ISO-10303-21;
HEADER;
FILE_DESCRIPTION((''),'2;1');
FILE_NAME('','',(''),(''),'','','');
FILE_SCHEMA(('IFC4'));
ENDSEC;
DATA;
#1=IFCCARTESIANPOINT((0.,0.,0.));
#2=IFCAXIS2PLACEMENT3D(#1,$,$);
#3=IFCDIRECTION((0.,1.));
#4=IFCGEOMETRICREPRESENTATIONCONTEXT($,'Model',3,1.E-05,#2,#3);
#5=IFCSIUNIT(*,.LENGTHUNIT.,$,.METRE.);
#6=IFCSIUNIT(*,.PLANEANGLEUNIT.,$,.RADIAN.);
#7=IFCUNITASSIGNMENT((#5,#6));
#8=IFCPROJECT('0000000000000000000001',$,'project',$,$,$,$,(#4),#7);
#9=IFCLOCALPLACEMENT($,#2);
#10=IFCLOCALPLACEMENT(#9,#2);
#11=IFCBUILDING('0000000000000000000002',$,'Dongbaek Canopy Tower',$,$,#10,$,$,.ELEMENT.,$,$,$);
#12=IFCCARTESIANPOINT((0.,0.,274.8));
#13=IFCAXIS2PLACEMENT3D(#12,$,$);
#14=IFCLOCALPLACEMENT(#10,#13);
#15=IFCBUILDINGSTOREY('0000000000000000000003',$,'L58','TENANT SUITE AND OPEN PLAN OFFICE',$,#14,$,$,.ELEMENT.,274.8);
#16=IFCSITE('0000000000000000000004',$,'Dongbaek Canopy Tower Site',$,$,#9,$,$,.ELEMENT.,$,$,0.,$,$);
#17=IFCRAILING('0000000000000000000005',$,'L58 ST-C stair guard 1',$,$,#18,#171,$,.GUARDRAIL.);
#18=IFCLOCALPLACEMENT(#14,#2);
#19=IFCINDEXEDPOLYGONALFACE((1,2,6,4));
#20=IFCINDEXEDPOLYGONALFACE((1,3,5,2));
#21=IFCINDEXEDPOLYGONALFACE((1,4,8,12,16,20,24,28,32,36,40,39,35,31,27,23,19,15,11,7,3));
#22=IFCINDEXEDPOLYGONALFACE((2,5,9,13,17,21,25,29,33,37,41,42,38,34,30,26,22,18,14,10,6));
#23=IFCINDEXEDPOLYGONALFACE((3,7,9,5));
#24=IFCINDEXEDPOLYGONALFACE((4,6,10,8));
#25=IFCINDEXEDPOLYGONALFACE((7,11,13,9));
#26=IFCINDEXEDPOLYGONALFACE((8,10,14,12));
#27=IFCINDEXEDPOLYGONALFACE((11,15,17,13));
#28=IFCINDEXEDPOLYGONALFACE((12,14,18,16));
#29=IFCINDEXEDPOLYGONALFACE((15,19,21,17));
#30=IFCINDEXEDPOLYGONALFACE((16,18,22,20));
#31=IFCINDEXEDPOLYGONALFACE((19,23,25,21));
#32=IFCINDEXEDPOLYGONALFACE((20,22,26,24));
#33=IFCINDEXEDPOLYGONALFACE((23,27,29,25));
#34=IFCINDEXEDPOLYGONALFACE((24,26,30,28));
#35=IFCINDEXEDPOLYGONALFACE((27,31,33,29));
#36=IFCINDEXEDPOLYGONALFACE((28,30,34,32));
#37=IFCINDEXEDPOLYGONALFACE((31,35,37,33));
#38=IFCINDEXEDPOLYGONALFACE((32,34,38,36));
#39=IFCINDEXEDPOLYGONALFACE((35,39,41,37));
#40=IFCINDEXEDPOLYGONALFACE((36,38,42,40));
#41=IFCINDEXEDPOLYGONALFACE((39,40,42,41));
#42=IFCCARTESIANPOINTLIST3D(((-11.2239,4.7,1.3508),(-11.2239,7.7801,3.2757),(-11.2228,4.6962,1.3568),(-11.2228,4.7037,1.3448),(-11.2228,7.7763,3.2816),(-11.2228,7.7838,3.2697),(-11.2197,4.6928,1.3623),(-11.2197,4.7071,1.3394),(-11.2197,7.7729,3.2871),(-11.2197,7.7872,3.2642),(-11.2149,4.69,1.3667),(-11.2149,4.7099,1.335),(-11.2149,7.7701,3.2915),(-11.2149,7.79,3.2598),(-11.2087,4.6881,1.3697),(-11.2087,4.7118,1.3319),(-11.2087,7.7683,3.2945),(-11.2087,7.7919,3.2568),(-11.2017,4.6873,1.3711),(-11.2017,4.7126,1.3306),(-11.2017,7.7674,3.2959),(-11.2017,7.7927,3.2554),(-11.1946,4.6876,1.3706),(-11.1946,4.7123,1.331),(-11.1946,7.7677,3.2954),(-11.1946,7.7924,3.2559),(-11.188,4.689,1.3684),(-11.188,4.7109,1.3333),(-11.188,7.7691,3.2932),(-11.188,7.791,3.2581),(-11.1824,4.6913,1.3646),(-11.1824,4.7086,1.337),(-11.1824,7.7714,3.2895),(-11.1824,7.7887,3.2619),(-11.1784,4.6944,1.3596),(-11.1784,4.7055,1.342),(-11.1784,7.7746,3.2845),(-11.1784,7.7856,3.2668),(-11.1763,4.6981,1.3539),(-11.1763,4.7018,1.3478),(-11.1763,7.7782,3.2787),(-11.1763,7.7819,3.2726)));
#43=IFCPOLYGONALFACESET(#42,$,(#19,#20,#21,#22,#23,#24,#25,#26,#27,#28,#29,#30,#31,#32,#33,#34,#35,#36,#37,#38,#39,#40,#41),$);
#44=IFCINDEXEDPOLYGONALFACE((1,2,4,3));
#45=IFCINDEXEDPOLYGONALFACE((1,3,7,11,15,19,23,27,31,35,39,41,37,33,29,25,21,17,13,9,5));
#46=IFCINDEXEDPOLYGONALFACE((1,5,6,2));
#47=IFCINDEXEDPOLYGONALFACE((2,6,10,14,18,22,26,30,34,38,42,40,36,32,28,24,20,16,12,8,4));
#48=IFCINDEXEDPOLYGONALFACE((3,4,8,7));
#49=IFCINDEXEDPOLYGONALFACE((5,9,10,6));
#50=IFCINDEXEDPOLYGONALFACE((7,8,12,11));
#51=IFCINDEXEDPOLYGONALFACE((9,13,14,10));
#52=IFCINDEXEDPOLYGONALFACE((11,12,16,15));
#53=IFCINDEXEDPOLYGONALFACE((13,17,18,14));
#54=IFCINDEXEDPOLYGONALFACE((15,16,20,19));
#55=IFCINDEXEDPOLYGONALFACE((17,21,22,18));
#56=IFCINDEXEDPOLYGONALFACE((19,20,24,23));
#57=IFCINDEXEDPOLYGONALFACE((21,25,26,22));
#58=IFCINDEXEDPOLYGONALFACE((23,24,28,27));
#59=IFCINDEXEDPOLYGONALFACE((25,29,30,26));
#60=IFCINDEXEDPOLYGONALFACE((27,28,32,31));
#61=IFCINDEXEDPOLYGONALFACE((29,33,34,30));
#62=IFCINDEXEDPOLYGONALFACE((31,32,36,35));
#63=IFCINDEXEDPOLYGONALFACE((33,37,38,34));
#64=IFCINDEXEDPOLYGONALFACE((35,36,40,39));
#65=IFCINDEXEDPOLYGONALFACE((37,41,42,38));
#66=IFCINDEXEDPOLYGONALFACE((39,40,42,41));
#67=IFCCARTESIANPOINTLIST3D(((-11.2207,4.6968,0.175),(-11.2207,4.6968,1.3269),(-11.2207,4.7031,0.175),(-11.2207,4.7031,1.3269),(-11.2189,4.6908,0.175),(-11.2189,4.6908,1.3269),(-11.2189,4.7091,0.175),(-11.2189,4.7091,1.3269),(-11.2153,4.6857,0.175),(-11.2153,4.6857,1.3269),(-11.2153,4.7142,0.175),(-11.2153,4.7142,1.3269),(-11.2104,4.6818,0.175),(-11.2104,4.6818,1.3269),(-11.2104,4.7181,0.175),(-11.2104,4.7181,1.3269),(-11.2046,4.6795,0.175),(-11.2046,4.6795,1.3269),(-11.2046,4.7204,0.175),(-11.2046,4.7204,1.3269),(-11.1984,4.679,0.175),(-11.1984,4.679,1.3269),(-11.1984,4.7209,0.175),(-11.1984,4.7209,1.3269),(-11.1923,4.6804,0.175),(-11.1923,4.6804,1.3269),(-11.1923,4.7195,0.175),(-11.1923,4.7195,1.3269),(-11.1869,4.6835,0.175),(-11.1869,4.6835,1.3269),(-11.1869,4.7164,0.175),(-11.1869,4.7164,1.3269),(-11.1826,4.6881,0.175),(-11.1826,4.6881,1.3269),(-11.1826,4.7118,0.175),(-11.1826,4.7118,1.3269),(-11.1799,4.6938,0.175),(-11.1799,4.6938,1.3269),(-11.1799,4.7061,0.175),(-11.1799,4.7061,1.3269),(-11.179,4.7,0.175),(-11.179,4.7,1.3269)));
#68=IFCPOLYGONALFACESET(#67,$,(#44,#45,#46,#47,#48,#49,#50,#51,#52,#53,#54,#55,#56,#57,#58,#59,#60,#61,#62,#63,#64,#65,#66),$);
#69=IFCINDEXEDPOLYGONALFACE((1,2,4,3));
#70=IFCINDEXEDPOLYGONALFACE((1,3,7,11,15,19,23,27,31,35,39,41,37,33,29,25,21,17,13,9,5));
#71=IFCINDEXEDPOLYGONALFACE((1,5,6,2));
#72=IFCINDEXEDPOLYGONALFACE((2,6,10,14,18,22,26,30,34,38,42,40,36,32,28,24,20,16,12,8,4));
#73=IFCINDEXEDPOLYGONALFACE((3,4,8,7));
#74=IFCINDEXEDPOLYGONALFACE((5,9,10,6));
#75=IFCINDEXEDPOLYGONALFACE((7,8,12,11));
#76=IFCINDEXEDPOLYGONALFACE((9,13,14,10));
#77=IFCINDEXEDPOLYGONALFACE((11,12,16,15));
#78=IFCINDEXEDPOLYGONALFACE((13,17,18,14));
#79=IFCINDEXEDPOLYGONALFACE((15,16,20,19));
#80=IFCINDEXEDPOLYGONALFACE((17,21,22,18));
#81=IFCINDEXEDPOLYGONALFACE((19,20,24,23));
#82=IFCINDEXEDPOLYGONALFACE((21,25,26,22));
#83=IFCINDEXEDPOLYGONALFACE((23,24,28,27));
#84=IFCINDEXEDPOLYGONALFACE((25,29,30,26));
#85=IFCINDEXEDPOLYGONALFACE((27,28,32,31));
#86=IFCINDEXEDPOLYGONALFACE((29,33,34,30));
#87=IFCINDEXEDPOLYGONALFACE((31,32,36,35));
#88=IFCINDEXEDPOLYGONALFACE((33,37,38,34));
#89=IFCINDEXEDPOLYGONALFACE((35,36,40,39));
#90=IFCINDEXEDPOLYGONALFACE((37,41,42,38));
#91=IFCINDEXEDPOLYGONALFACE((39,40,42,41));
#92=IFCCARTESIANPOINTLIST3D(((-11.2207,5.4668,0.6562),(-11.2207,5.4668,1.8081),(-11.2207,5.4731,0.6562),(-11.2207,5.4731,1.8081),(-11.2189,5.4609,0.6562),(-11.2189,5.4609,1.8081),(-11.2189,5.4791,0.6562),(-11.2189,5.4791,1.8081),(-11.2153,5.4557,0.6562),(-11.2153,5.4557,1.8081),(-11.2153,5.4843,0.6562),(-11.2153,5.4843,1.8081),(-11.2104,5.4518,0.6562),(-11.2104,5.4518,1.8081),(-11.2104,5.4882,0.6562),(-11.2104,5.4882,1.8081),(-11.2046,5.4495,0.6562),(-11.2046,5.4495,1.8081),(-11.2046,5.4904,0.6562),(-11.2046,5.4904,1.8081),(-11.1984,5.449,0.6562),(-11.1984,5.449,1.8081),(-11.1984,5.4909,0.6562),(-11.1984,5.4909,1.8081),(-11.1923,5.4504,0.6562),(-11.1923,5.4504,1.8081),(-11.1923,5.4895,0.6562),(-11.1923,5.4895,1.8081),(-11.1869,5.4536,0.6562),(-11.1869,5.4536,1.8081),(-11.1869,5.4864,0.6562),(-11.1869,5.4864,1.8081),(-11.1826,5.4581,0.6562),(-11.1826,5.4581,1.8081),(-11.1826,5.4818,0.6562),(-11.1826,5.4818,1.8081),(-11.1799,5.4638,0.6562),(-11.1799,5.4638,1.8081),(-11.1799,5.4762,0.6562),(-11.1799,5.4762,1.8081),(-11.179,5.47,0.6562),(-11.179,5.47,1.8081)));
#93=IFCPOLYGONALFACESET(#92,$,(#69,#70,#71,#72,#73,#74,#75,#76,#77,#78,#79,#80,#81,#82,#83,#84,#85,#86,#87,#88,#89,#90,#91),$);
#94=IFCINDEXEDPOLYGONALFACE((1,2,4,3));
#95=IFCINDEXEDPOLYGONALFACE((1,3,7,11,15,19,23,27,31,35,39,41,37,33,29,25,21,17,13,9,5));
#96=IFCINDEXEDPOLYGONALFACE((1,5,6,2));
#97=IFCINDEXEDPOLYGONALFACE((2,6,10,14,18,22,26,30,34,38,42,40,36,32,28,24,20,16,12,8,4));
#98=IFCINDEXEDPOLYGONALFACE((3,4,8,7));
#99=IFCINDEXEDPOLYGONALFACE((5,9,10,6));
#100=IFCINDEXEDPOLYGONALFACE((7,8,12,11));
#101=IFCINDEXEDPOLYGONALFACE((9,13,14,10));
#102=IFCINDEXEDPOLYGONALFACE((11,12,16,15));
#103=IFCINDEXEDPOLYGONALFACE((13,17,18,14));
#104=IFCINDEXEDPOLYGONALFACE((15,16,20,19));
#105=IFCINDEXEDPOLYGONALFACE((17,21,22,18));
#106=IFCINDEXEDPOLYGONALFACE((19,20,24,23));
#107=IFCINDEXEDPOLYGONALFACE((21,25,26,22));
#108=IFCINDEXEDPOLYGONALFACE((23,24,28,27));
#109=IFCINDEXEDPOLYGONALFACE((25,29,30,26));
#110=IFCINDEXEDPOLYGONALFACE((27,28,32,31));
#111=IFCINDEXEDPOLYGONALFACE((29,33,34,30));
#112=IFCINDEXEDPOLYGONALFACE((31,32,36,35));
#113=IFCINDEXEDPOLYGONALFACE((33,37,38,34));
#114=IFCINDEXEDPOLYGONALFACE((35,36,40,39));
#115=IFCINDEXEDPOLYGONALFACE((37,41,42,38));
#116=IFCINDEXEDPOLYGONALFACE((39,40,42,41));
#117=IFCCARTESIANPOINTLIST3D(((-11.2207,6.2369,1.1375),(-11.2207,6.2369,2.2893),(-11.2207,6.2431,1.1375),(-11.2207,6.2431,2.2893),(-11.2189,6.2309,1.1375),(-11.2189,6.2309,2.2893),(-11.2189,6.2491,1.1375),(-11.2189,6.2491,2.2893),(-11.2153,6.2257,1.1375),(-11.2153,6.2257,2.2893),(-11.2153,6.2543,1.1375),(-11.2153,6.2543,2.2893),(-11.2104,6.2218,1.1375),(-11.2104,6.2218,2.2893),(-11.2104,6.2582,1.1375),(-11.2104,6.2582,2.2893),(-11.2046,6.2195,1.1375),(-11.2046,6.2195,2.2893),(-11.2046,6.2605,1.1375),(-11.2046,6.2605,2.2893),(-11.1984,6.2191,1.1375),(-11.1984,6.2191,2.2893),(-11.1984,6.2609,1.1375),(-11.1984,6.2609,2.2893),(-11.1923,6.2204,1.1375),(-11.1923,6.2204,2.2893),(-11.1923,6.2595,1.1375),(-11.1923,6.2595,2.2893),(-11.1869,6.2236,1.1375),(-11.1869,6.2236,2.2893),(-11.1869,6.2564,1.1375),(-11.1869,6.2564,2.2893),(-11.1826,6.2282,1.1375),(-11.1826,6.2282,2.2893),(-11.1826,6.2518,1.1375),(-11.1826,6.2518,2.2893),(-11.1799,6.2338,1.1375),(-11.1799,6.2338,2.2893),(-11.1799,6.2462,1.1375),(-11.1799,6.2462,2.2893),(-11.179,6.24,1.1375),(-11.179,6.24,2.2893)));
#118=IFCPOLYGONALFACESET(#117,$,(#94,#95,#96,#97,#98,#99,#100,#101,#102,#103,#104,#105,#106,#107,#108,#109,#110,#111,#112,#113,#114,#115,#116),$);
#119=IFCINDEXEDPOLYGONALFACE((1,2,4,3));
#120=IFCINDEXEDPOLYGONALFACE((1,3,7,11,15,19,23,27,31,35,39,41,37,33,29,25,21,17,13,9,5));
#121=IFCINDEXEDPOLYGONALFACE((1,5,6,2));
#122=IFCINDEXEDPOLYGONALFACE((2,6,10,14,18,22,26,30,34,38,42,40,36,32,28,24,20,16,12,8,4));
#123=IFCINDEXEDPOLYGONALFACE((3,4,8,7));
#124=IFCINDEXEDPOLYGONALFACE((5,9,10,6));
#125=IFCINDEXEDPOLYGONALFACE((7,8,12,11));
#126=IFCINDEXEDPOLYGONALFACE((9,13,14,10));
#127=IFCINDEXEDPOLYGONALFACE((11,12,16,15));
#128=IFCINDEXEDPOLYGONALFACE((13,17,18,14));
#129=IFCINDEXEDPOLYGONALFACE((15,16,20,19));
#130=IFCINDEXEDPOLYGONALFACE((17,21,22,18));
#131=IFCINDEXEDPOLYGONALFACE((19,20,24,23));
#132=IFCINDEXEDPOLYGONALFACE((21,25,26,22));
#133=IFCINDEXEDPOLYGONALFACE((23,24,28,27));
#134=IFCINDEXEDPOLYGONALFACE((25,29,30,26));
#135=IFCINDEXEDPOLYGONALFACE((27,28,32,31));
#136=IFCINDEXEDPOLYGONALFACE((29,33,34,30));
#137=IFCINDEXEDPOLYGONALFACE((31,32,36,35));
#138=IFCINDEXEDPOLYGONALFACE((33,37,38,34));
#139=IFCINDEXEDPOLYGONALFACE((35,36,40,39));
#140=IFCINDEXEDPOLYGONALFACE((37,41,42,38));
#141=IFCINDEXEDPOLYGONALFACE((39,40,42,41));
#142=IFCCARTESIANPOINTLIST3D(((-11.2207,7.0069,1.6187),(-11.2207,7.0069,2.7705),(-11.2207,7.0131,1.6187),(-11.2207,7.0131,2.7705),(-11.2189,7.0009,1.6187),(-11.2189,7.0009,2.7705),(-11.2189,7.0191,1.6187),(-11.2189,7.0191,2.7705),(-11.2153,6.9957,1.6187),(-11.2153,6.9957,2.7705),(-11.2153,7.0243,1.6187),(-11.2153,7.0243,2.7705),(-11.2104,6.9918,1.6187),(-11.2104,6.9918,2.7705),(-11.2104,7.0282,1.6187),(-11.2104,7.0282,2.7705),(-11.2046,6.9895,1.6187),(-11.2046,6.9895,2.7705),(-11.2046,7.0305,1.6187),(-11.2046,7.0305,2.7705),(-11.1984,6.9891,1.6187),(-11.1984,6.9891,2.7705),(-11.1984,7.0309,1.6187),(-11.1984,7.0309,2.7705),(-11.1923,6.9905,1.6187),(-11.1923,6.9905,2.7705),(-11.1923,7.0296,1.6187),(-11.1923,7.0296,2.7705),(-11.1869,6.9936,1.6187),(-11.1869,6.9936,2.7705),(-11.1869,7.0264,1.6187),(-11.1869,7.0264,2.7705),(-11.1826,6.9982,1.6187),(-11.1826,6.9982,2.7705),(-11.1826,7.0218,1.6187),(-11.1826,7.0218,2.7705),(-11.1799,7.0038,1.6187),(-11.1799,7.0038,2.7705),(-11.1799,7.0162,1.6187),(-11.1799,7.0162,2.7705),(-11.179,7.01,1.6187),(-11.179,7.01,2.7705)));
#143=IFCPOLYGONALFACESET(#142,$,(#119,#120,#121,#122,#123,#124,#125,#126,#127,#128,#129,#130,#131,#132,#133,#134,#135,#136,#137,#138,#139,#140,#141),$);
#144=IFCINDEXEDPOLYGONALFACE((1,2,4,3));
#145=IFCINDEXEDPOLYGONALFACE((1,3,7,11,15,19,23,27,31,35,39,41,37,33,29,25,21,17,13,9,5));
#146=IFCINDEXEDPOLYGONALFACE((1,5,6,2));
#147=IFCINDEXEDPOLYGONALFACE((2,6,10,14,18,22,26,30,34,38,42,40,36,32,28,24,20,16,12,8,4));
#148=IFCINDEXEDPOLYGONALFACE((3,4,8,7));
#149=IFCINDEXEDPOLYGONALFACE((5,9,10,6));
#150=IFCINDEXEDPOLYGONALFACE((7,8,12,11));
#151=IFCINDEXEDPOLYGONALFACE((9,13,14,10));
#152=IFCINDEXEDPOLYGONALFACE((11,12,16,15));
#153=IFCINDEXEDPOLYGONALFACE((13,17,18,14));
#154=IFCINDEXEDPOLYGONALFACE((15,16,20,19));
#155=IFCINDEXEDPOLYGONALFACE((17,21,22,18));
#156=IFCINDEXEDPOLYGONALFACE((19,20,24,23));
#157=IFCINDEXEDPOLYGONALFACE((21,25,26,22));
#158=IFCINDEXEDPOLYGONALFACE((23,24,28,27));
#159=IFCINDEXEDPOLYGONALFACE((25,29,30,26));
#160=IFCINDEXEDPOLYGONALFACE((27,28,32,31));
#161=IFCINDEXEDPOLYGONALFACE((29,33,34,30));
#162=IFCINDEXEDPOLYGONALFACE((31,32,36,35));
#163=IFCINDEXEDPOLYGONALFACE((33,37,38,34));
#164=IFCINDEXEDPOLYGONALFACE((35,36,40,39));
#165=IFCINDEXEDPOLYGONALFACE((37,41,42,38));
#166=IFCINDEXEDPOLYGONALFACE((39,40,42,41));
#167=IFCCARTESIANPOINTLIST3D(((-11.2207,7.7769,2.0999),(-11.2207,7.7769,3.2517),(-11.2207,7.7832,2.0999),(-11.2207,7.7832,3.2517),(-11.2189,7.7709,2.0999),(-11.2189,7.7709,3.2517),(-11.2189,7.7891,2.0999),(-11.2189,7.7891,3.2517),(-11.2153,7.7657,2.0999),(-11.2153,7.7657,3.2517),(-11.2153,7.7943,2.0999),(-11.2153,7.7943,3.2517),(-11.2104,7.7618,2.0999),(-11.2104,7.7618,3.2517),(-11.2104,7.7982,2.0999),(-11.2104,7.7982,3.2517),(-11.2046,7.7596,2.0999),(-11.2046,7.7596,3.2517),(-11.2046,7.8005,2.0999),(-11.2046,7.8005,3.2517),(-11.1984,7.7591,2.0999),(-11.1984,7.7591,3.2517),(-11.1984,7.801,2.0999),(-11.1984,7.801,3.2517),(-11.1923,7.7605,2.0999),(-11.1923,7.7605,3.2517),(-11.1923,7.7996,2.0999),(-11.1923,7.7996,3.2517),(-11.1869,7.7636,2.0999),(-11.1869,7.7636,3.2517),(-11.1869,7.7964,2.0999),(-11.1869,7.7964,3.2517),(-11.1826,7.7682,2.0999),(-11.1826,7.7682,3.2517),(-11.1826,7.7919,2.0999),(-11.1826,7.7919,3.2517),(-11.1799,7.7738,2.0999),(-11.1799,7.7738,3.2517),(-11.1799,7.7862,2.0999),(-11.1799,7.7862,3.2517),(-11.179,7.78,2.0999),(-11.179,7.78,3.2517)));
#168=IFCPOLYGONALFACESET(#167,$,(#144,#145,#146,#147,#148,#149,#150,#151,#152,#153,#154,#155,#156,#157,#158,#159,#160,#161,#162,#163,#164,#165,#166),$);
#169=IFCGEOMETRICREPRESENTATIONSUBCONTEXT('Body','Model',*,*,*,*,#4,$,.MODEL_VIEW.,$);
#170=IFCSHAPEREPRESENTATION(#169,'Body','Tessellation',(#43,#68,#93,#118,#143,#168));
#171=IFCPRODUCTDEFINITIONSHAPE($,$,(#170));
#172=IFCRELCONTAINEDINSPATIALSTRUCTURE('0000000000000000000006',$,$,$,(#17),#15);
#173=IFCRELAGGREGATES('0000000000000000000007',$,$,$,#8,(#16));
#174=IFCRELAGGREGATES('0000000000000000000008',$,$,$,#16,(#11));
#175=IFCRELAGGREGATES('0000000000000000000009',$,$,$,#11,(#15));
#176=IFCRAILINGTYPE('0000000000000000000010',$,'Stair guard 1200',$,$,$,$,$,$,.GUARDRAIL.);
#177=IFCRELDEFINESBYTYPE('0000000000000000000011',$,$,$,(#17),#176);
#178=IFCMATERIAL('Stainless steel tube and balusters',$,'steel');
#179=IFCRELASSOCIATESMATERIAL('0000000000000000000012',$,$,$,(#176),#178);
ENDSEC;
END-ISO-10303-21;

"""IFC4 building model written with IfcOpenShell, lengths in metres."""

from ifc_helpers import new_model, si_unit, direction, frame, origin, origin_2d, place, context, subcontext, project, spatial, circle, extrude, material, type_object, element, save


model = new_model("IFC4")

# Units and contexts
model_context = context("Model", 3, precision=1e-05, world=origin(), true_north=direction((0.0, 1.0)))
body_context = subcontext(model_context, "Body", "Model", "MODEL_VIEW")
ifc_project = project(units=[si_unit("LENGTHUNIT", "METRE"), si_unit("PLANEANGLEUNIT", "RADIAN")], contexts=[model_context])

# Site, building, storey
site_placement = place(None, origin())
site = spatial("IfcSite", under=ifc_project, at=site_placement, Name="Dongbaek Canopy Tower Site", CompositionType="ELEMENT", RefElevation=0.0)
building_placement = place(site_placement, origin())
building = spatial("IfcBuilding", under=site, at=building_placement, Name="Dongbaek Canopy Tower", CompositionType="ELEMENT")
storey_placement = place(building_placement, frame((0.0, 0.0, 274.8)))
storey = spatial("IfcBuildingStorey", under=building, at=storey_placement, Name="L58", Description="TENANT SUITE AND OPEN PLAN OFFICE", CompositionType="ELEMENT", Elevation=274.8)

# Railing
ifc_material_1 = material(Name="Stainless steel tube and balusters", Category="steel")
railing_type_1 = type_object("IfcRailingType", Name="Stair guard 1200", PredefinedType="GUARDRAIL", material=ifc_material_1)
railing_1_placement = place(storey_placement, frame((-11.2, 4.7, 0.175)))
element("IfcRailing", 1, at=railing_1_placement, inside=storey, type_object=railing_type_1, Name="L58 ST-C stair guard 1", PredefinedType="GUARDRAIL", context=body_context, shape_type="SweptSolid", body=[
    extrude(circle(Radius=0.0239, at=origin_2d()), frame((0.0, 0.0, 1.1758), z_axis=(0.0, 0.848029, 0.529951), x_axis=(-1.0, 0.0, 0.0)), (0.0, 0.0, 1.0), 3.6321),
    extrude(circle(Radius=0.021, at=origin_2d()), origin(), (0.0, 0.0, 1.0), 1.1519),
    extrude(circle(Radius=0.021, at=origin_2d()), frame((0.0, 0.77, 0.4812)), (0.0, 0.0, 1.0), 1.1519),
    extrude(circle(Radius=0.021, at=origin_2d()), frame((0.0, 1.54, 0.9624)), (0.0, 0.0, 1.0), 1.1519),
    extrude(circle(Radius=0.021, at=origin_2d()), frame((0.0, 2.3101, 1.4436)), (0.0, 0.0, 1.0), 1.1519),
    extrude(circle(Radius=0.021, at=origin_2d()), frame((0.0, 3.0801, 1.9248)), (0.0, 0.0, 1.0), 1.1519),
])

save(model, "model.ifc")
